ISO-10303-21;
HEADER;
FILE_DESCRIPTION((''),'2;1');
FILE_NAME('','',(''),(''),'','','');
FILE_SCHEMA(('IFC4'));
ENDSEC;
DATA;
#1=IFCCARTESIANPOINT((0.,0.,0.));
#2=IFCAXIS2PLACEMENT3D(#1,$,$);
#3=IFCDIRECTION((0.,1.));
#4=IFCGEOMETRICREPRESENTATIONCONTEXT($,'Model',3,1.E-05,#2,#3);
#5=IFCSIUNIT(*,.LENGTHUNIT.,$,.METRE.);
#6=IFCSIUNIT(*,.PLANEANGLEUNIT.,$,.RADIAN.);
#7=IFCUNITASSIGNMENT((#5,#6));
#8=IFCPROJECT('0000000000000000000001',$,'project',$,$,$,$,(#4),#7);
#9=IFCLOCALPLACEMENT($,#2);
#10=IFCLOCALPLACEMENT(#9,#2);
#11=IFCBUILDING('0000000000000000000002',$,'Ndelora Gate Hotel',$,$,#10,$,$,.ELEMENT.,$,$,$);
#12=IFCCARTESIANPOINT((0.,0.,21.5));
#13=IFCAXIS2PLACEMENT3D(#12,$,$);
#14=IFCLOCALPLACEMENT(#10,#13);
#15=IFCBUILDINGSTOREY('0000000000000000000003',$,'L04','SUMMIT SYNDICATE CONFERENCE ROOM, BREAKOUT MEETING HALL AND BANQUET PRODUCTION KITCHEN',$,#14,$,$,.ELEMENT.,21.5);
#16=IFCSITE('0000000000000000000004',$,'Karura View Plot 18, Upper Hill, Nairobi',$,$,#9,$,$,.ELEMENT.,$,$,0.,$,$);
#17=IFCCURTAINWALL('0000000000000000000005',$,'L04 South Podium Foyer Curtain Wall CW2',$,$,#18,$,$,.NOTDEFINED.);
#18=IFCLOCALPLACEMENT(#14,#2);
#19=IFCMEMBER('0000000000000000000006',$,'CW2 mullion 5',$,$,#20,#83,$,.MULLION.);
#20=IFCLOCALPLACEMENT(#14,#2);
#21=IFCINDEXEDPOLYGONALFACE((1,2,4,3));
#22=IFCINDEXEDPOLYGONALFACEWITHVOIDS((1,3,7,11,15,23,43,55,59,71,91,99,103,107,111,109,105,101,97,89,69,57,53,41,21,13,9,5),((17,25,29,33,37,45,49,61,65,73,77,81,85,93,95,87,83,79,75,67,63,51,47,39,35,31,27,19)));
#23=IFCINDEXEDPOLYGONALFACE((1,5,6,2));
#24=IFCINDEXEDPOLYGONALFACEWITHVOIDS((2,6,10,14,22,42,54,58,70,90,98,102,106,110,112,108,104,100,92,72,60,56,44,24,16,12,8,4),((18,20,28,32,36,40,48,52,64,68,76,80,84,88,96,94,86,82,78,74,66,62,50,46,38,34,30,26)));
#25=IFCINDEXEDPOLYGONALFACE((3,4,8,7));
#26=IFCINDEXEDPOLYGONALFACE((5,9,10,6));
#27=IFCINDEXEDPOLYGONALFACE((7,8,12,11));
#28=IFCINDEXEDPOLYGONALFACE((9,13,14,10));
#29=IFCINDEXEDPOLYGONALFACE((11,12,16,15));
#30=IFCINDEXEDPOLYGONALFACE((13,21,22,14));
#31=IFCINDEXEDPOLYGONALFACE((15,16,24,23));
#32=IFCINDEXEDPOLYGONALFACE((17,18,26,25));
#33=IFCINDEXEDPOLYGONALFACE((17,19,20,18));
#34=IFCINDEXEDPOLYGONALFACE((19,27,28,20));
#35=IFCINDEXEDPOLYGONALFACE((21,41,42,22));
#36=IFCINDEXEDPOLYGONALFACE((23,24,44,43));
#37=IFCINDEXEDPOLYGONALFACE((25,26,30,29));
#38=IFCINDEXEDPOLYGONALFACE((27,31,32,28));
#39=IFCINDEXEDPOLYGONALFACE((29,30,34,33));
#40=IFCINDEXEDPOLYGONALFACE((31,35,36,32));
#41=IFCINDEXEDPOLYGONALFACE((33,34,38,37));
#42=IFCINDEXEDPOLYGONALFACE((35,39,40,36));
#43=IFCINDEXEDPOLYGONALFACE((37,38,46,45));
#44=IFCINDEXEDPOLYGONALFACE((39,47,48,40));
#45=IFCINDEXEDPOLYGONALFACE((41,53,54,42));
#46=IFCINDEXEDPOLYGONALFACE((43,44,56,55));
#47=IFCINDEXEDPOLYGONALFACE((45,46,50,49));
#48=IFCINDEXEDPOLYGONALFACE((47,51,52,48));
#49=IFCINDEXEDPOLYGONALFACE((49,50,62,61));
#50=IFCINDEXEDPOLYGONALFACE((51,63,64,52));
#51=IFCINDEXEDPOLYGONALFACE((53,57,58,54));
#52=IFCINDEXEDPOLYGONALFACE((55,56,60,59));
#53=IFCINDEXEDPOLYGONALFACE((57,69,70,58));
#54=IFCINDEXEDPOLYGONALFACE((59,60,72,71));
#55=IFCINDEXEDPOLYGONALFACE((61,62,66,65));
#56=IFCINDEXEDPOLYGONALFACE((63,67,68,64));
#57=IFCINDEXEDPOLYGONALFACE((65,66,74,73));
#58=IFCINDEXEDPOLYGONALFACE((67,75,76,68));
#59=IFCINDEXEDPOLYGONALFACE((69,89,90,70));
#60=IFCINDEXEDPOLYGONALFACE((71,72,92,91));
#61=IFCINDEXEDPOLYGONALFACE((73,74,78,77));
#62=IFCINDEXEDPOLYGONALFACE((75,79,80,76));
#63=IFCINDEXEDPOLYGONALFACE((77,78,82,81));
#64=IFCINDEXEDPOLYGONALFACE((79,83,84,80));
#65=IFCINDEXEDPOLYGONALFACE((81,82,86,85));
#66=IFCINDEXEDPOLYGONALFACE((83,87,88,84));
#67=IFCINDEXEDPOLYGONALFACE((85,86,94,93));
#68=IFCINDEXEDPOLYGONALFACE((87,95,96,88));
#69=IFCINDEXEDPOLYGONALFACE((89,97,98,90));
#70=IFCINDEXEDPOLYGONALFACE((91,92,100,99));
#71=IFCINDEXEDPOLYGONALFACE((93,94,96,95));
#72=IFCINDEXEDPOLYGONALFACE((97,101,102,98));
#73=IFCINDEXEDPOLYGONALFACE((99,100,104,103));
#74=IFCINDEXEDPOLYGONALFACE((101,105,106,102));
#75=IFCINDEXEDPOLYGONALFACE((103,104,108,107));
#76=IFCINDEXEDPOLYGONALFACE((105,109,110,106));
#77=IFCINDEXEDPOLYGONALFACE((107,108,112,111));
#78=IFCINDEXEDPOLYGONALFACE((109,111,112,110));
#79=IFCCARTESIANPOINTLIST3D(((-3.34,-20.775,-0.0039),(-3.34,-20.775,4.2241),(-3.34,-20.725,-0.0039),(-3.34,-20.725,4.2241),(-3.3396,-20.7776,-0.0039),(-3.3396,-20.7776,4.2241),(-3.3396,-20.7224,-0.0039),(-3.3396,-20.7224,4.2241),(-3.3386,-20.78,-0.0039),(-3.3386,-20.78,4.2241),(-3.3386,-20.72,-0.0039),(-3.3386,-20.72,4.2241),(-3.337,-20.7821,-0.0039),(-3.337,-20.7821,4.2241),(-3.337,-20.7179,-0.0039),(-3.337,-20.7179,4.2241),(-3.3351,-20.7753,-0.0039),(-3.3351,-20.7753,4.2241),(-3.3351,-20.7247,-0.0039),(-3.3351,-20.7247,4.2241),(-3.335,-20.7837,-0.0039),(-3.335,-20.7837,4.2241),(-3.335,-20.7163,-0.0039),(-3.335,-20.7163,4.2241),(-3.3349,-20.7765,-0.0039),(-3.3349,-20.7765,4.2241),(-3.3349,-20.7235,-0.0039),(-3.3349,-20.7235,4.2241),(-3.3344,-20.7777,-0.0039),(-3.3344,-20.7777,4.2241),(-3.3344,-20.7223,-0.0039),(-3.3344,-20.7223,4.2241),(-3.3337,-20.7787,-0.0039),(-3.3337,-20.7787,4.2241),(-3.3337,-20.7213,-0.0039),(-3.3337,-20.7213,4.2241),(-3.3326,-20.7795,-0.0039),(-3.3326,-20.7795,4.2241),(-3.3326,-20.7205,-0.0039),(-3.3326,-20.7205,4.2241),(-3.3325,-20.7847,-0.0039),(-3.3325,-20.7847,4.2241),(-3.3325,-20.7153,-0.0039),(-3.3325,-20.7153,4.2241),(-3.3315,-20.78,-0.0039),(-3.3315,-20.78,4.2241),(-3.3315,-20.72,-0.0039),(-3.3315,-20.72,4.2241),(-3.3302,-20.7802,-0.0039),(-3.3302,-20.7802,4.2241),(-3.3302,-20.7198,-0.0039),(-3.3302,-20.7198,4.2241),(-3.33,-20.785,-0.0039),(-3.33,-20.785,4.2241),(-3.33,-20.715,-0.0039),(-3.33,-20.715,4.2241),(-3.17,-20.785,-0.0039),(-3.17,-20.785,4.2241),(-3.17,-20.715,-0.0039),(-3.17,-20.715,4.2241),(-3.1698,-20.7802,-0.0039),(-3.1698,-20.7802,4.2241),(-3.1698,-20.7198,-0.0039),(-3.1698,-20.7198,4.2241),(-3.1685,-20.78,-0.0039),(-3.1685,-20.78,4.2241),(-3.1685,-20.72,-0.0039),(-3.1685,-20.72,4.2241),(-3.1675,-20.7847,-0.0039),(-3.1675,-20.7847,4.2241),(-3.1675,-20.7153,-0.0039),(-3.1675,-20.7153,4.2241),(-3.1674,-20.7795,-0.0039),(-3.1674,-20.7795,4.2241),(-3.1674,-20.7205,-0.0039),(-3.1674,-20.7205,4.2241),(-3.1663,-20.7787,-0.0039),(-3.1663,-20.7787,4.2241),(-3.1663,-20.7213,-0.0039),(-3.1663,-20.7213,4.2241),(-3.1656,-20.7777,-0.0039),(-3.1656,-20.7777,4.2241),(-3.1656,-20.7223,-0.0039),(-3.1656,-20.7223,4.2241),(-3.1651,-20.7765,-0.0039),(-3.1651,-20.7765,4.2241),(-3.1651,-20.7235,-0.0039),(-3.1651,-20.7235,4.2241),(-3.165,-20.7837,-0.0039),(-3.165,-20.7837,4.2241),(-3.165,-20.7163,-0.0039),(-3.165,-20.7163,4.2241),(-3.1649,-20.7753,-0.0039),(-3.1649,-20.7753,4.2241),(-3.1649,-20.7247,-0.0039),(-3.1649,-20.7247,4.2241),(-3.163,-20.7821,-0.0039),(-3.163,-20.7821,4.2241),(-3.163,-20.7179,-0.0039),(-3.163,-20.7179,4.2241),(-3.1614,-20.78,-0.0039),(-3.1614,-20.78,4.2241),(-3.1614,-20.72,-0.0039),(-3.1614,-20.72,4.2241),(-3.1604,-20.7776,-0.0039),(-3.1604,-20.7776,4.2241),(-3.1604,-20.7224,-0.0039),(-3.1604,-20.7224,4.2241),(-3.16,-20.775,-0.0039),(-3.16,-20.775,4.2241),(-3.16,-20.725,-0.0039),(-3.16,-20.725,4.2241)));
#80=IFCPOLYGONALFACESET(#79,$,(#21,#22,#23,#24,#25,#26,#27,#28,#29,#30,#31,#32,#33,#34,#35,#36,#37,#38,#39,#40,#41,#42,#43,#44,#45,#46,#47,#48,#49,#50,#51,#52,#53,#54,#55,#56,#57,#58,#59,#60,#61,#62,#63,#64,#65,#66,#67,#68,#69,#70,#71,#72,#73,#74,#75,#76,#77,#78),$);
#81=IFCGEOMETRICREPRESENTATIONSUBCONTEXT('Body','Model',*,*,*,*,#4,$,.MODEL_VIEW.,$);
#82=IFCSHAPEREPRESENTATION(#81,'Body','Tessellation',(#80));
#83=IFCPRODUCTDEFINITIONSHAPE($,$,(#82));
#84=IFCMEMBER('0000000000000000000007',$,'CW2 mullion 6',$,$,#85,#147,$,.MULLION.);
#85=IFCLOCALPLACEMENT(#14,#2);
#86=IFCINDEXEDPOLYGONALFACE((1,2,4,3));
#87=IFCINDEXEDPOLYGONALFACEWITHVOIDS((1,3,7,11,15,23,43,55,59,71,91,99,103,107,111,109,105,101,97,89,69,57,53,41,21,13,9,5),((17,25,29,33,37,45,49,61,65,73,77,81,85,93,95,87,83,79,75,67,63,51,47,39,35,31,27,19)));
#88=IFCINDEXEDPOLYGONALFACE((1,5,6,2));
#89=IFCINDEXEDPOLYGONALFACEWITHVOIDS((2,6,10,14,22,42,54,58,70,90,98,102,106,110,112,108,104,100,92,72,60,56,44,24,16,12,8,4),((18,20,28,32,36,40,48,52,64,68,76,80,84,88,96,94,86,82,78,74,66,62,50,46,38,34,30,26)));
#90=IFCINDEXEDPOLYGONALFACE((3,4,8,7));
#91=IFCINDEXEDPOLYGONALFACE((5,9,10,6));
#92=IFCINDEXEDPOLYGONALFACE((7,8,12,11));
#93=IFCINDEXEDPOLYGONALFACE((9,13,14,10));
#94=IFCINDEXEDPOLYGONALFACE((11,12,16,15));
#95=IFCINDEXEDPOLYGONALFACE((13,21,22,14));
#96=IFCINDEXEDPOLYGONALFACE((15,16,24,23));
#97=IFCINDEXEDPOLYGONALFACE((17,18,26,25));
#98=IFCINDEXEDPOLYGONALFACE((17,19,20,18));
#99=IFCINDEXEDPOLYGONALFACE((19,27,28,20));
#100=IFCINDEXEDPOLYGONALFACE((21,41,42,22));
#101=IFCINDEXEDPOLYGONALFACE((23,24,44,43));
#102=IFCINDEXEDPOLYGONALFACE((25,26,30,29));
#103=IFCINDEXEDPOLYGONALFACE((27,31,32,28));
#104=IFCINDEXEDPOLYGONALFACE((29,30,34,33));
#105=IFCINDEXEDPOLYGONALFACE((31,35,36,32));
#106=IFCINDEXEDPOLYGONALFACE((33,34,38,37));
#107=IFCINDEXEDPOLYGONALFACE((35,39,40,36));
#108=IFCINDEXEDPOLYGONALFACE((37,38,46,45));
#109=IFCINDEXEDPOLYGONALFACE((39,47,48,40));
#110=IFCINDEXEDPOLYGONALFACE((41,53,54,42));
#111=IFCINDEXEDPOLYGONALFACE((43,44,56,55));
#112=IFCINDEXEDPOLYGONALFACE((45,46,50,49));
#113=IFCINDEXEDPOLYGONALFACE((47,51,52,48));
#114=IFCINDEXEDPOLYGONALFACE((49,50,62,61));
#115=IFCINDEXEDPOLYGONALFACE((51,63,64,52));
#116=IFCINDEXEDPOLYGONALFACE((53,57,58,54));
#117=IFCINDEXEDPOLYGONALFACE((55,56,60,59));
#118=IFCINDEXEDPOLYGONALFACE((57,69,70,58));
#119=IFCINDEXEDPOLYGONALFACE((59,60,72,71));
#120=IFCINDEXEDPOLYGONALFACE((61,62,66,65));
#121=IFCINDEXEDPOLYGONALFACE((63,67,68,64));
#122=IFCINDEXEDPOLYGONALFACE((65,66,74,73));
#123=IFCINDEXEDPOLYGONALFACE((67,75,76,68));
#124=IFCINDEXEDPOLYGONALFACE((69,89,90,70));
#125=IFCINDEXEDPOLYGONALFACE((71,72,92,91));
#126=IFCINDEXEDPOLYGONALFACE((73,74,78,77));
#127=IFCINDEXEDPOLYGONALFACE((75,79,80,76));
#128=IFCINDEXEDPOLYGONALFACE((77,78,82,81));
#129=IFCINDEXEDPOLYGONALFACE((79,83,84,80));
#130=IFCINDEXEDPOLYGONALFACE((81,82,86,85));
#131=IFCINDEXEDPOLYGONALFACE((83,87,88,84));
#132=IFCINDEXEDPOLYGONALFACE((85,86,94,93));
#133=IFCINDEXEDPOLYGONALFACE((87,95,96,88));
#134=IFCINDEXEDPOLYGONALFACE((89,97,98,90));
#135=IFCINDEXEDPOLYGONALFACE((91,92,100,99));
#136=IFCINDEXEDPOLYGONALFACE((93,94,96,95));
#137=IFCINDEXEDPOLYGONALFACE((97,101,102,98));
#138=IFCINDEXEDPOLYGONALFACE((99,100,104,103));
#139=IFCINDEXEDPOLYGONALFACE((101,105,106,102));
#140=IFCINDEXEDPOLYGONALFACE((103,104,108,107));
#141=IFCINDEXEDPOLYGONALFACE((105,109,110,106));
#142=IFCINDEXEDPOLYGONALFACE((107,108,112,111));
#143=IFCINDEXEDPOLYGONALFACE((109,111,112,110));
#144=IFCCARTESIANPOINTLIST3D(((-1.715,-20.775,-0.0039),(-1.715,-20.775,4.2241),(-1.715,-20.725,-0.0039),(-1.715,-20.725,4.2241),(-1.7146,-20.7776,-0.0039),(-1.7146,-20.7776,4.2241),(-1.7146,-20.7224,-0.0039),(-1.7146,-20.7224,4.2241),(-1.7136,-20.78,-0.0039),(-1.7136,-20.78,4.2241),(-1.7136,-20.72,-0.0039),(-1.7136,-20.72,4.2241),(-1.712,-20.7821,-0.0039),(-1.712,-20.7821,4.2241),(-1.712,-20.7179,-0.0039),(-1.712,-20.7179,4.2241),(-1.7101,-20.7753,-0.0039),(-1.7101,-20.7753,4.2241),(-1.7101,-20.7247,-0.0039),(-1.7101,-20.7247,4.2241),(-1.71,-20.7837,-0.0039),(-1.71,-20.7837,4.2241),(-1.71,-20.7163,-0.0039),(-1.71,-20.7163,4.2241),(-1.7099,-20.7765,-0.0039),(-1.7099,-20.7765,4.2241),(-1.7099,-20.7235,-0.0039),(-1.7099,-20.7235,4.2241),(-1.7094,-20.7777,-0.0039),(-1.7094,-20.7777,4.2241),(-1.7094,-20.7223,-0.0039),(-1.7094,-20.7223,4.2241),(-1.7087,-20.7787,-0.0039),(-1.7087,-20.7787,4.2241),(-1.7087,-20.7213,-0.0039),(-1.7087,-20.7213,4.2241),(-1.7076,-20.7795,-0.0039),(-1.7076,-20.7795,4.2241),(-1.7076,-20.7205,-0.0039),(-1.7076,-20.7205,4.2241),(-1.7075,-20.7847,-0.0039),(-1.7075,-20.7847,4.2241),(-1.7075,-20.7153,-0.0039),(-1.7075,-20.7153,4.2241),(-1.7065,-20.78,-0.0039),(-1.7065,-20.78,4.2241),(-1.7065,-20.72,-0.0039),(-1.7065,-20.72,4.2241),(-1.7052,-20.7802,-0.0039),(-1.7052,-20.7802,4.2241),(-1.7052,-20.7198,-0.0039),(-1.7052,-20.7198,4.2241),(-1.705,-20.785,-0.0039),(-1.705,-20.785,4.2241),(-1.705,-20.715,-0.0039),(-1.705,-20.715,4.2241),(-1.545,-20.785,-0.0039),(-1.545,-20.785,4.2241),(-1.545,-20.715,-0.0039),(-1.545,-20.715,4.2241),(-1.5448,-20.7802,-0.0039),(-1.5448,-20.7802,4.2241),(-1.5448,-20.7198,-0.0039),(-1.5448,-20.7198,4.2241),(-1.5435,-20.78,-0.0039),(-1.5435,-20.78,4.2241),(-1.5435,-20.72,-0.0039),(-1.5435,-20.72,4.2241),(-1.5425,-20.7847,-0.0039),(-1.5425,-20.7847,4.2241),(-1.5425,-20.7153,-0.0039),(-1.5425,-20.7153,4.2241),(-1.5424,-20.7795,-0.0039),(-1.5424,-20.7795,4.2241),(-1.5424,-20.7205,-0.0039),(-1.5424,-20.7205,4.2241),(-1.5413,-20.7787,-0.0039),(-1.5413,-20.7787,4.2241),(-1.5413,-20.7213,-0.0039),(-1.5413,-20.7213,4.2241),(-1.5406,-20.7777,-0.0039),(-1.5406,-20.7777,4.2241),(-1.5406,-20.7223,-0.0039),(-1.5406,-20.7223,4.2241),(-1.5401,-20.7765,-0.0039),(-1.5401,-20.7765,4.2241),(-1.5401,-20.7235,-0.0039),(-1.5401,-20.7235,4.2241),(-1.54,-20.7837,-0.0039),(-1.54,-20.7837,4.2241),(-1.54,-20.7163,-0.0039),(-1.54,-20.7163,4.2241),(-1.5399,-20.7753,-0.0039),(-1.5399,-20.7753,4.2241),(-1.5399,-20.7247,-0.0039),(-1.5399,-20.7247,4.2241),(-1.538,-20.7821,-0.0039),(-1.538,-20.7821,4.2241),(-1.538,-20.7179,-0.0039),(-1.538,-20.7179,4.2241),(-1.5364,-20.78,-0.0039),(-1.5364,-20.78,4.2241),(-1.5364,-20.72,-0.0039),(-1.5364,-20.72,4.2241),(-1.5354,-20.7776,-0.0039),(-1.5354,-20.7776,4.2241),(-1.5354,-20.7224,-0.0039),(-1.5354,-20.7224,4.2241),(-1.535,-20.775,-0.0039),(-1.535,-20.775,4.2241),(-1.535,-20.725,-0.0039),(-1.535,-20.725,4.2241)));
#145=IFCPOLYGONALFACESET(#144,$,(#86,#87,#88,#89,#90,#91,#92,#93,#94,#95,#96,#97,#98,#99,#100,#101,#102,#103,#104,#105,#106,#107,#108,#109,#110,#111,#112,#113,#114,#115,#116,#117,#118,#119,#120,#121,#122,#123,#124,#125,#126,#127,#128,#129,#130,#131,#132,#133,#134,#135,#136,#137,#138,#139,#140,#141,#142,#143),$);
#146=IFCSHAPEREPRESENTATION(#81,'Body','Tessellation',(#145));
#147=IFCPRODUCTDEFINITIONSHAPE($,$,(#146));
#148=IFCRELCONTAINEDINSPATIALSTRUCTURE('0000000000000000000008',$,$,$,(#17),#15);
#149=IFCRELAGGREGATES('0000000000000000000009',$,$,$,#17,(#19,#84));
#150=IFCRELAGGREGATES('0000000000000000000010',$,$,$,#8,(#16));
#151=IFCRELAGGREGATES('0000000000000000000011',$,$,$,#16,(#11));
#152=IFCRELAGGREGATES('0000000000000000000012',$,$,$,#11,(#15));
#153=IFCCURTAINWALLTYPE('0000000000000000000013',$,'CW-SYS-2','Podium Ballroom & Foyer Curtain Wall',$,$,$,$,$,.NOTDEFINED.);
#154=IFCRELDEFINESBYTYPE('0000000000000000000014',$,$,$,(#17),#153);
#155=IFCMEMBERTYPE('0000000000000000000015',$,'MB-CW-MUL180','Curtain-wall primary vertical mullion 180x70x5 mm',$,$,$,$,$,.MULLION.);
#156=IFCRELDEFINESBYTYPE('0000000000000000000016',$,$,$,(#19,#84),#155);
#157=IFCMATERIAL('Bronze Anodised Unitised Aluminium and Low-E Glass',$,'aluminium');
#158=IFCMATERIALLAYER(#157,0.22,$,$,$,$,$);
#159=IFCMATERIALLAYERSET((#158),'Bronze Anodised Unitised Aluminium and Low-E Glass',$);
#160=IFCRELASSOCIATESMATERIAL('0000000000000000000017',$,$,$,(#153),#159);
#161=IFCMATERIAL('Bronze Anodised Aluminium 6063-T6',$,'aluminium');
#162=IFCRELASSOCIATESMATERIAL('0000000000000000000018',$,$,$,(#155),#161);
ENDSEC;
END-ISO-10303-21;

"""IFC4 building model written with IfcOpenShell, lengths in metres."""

from ifc_helpers import new_model, si_unit, direction, frame, origin, origin_2d, place, context, subcontext, project, spatial, hollow_rectangle, extrude, material, layer, layer_set, material_profile, profile_set, type_object, element, aggregate, save


model = new_model("IFC4")

# Units and contexts
model_context = context("Model", 3, precision=1e-05, world=origin(), true_north=direction((0.0, 1.0)))
body_context = subcontext(model_context, "Body", "Model", "MODEL_VIEW")
ifc_project = project(units=[si_unit("LENGTHUNIT", "METRE"), si_unit("PLANEANGLEUNIT", "RADIAN")], contexts=[model_context])

# Site, building, storey
site_placement = place(None, origin())
site = spatial("IfcSite", under=ifc_project, at=site_placement, Name="Karura View Plot 18, Upper Hill, Nairobi", CompositionType="ELEMENT", RefElevation=0.0)
building_placement = place(site_placement, origin())
building = spatial("IfcBuilding", under=site, at=building_placement, Name="Ndelora Gate Hotel", CompositionType="ELEMENT")
storey_placement = place(building_placement, frame((0.0, 0.0, 21.5)))
storey = spatial("IfcBuildingStorey", under=building, at=storey_placement, Name="L04", Description="SUMMIT SYNDICATE CONFERENCE ROOM, BREAKOUT MEETING HALL AND BANQUET PRODUCTION KITCHEN", CompositionType="ELEMENT", Elevation=21.5)

# Curtain wall, members
ifc_material_1 = material(Name="Bronze Anodised Unitised Aluminium and Low-E Glass", Category="aluminium")
ifc_layer_1 = layer(ifc_material_1, 0.22)
ifc_layer_set_1 = layer_set([ifc_layer_1], Name="Bronze Anodised Unitised Aluminium and Low-E Glass")
curtain_wall_type = type_object("IfcCurtainWallType", Name="CW-SYS-2", Description="Podium Ballroom & Foyer Curtain Wall", PredefinedType="NOTDEFINED", material=ifc_layer_set_1)
curtain_wall_placement = place(storey_placement, origin())
curtain_wall = element("IfcCurtainWall", 1, at=curtain_wall_placement, inside=storey, type_object=curtain_wall_type, Name="L04 South Podium Foyer Curtain Wall CW2", PredefinedType="NOTDEFINED")
ifc_material_2 = material(Name="Bronze Anodised Aluminium 6063-T6", Category="aluminium")
ifc_material_profile_1 = material_profile(ifc_material_2, hollow_rectangle(XDim=0.0701, YDim=0.1799, WallThickness=0.0049, InnerFilletRadius=0.0049, OuterFilletRadius=0.01, at=origin_2d()), Name="ALU 180x70x5")
ifc_profile_set_1 = profile_set([ifc_material_profile_1], Name="Bronze Anodised Aluminium 6063-T6")
member_type_1 = type_object("IfcMemberType", Name="MB-CW-MUL180", Description="Curtain-wall primary vertical mullion 180x70x5 mm", PredefinedType="MULLION", material=ifc_profile_set_1)
member_1_placement = place(storey_placement, frame((-3.25, -20.75, -0.0039), z_axis=(0.0, 0.0, 1.0), x_axis=(0.0, 1.0, 0.0)))
member_1 = element("IfcMember", 2, at=member_1_placement, type_object=member_type_1, Name="CW2 mullion 5", PredefinedType="MULLION", context=body_context, shape_type="SweptSolid", body=[
    extrude(hollow_rectangle(XDim=0.0701, YDim=0.1799, WallThickness=0.0049, InnerFilletRadius=0.0049, OuterFilletRadius=0.01, at=origin_2d()), origin(), (0.0, 0.0, 1.0), 4.228),
])
member_2_placement = place(storey_placement, frame((-1.625, -20.75, -0.0039), z_axis=(0.0, 0.0, 1.0), x_axis=(0.0, 1.0, 0.0)))
member_2 = element("IfcMember", 3, at=member_2_placement, type_object=member_type_1, Name="CW2 mullion 6", PredefinedType="MULLION", context=body_context, shape_type="SweptSolid", body=[
    extrude(hollow_rectangle(XDim=0.0701, YDim=0.1799, WallThickness=0.0049, InnerFilletRadius=0.0049, OuterFilletRadius=0.01, at=origin_2d()), origin(), (0.0, 0.0, 1.0), 4.228),
])
aggregate(curtain_wall, [member_1, member_2])

save(model, "model.ifc")
